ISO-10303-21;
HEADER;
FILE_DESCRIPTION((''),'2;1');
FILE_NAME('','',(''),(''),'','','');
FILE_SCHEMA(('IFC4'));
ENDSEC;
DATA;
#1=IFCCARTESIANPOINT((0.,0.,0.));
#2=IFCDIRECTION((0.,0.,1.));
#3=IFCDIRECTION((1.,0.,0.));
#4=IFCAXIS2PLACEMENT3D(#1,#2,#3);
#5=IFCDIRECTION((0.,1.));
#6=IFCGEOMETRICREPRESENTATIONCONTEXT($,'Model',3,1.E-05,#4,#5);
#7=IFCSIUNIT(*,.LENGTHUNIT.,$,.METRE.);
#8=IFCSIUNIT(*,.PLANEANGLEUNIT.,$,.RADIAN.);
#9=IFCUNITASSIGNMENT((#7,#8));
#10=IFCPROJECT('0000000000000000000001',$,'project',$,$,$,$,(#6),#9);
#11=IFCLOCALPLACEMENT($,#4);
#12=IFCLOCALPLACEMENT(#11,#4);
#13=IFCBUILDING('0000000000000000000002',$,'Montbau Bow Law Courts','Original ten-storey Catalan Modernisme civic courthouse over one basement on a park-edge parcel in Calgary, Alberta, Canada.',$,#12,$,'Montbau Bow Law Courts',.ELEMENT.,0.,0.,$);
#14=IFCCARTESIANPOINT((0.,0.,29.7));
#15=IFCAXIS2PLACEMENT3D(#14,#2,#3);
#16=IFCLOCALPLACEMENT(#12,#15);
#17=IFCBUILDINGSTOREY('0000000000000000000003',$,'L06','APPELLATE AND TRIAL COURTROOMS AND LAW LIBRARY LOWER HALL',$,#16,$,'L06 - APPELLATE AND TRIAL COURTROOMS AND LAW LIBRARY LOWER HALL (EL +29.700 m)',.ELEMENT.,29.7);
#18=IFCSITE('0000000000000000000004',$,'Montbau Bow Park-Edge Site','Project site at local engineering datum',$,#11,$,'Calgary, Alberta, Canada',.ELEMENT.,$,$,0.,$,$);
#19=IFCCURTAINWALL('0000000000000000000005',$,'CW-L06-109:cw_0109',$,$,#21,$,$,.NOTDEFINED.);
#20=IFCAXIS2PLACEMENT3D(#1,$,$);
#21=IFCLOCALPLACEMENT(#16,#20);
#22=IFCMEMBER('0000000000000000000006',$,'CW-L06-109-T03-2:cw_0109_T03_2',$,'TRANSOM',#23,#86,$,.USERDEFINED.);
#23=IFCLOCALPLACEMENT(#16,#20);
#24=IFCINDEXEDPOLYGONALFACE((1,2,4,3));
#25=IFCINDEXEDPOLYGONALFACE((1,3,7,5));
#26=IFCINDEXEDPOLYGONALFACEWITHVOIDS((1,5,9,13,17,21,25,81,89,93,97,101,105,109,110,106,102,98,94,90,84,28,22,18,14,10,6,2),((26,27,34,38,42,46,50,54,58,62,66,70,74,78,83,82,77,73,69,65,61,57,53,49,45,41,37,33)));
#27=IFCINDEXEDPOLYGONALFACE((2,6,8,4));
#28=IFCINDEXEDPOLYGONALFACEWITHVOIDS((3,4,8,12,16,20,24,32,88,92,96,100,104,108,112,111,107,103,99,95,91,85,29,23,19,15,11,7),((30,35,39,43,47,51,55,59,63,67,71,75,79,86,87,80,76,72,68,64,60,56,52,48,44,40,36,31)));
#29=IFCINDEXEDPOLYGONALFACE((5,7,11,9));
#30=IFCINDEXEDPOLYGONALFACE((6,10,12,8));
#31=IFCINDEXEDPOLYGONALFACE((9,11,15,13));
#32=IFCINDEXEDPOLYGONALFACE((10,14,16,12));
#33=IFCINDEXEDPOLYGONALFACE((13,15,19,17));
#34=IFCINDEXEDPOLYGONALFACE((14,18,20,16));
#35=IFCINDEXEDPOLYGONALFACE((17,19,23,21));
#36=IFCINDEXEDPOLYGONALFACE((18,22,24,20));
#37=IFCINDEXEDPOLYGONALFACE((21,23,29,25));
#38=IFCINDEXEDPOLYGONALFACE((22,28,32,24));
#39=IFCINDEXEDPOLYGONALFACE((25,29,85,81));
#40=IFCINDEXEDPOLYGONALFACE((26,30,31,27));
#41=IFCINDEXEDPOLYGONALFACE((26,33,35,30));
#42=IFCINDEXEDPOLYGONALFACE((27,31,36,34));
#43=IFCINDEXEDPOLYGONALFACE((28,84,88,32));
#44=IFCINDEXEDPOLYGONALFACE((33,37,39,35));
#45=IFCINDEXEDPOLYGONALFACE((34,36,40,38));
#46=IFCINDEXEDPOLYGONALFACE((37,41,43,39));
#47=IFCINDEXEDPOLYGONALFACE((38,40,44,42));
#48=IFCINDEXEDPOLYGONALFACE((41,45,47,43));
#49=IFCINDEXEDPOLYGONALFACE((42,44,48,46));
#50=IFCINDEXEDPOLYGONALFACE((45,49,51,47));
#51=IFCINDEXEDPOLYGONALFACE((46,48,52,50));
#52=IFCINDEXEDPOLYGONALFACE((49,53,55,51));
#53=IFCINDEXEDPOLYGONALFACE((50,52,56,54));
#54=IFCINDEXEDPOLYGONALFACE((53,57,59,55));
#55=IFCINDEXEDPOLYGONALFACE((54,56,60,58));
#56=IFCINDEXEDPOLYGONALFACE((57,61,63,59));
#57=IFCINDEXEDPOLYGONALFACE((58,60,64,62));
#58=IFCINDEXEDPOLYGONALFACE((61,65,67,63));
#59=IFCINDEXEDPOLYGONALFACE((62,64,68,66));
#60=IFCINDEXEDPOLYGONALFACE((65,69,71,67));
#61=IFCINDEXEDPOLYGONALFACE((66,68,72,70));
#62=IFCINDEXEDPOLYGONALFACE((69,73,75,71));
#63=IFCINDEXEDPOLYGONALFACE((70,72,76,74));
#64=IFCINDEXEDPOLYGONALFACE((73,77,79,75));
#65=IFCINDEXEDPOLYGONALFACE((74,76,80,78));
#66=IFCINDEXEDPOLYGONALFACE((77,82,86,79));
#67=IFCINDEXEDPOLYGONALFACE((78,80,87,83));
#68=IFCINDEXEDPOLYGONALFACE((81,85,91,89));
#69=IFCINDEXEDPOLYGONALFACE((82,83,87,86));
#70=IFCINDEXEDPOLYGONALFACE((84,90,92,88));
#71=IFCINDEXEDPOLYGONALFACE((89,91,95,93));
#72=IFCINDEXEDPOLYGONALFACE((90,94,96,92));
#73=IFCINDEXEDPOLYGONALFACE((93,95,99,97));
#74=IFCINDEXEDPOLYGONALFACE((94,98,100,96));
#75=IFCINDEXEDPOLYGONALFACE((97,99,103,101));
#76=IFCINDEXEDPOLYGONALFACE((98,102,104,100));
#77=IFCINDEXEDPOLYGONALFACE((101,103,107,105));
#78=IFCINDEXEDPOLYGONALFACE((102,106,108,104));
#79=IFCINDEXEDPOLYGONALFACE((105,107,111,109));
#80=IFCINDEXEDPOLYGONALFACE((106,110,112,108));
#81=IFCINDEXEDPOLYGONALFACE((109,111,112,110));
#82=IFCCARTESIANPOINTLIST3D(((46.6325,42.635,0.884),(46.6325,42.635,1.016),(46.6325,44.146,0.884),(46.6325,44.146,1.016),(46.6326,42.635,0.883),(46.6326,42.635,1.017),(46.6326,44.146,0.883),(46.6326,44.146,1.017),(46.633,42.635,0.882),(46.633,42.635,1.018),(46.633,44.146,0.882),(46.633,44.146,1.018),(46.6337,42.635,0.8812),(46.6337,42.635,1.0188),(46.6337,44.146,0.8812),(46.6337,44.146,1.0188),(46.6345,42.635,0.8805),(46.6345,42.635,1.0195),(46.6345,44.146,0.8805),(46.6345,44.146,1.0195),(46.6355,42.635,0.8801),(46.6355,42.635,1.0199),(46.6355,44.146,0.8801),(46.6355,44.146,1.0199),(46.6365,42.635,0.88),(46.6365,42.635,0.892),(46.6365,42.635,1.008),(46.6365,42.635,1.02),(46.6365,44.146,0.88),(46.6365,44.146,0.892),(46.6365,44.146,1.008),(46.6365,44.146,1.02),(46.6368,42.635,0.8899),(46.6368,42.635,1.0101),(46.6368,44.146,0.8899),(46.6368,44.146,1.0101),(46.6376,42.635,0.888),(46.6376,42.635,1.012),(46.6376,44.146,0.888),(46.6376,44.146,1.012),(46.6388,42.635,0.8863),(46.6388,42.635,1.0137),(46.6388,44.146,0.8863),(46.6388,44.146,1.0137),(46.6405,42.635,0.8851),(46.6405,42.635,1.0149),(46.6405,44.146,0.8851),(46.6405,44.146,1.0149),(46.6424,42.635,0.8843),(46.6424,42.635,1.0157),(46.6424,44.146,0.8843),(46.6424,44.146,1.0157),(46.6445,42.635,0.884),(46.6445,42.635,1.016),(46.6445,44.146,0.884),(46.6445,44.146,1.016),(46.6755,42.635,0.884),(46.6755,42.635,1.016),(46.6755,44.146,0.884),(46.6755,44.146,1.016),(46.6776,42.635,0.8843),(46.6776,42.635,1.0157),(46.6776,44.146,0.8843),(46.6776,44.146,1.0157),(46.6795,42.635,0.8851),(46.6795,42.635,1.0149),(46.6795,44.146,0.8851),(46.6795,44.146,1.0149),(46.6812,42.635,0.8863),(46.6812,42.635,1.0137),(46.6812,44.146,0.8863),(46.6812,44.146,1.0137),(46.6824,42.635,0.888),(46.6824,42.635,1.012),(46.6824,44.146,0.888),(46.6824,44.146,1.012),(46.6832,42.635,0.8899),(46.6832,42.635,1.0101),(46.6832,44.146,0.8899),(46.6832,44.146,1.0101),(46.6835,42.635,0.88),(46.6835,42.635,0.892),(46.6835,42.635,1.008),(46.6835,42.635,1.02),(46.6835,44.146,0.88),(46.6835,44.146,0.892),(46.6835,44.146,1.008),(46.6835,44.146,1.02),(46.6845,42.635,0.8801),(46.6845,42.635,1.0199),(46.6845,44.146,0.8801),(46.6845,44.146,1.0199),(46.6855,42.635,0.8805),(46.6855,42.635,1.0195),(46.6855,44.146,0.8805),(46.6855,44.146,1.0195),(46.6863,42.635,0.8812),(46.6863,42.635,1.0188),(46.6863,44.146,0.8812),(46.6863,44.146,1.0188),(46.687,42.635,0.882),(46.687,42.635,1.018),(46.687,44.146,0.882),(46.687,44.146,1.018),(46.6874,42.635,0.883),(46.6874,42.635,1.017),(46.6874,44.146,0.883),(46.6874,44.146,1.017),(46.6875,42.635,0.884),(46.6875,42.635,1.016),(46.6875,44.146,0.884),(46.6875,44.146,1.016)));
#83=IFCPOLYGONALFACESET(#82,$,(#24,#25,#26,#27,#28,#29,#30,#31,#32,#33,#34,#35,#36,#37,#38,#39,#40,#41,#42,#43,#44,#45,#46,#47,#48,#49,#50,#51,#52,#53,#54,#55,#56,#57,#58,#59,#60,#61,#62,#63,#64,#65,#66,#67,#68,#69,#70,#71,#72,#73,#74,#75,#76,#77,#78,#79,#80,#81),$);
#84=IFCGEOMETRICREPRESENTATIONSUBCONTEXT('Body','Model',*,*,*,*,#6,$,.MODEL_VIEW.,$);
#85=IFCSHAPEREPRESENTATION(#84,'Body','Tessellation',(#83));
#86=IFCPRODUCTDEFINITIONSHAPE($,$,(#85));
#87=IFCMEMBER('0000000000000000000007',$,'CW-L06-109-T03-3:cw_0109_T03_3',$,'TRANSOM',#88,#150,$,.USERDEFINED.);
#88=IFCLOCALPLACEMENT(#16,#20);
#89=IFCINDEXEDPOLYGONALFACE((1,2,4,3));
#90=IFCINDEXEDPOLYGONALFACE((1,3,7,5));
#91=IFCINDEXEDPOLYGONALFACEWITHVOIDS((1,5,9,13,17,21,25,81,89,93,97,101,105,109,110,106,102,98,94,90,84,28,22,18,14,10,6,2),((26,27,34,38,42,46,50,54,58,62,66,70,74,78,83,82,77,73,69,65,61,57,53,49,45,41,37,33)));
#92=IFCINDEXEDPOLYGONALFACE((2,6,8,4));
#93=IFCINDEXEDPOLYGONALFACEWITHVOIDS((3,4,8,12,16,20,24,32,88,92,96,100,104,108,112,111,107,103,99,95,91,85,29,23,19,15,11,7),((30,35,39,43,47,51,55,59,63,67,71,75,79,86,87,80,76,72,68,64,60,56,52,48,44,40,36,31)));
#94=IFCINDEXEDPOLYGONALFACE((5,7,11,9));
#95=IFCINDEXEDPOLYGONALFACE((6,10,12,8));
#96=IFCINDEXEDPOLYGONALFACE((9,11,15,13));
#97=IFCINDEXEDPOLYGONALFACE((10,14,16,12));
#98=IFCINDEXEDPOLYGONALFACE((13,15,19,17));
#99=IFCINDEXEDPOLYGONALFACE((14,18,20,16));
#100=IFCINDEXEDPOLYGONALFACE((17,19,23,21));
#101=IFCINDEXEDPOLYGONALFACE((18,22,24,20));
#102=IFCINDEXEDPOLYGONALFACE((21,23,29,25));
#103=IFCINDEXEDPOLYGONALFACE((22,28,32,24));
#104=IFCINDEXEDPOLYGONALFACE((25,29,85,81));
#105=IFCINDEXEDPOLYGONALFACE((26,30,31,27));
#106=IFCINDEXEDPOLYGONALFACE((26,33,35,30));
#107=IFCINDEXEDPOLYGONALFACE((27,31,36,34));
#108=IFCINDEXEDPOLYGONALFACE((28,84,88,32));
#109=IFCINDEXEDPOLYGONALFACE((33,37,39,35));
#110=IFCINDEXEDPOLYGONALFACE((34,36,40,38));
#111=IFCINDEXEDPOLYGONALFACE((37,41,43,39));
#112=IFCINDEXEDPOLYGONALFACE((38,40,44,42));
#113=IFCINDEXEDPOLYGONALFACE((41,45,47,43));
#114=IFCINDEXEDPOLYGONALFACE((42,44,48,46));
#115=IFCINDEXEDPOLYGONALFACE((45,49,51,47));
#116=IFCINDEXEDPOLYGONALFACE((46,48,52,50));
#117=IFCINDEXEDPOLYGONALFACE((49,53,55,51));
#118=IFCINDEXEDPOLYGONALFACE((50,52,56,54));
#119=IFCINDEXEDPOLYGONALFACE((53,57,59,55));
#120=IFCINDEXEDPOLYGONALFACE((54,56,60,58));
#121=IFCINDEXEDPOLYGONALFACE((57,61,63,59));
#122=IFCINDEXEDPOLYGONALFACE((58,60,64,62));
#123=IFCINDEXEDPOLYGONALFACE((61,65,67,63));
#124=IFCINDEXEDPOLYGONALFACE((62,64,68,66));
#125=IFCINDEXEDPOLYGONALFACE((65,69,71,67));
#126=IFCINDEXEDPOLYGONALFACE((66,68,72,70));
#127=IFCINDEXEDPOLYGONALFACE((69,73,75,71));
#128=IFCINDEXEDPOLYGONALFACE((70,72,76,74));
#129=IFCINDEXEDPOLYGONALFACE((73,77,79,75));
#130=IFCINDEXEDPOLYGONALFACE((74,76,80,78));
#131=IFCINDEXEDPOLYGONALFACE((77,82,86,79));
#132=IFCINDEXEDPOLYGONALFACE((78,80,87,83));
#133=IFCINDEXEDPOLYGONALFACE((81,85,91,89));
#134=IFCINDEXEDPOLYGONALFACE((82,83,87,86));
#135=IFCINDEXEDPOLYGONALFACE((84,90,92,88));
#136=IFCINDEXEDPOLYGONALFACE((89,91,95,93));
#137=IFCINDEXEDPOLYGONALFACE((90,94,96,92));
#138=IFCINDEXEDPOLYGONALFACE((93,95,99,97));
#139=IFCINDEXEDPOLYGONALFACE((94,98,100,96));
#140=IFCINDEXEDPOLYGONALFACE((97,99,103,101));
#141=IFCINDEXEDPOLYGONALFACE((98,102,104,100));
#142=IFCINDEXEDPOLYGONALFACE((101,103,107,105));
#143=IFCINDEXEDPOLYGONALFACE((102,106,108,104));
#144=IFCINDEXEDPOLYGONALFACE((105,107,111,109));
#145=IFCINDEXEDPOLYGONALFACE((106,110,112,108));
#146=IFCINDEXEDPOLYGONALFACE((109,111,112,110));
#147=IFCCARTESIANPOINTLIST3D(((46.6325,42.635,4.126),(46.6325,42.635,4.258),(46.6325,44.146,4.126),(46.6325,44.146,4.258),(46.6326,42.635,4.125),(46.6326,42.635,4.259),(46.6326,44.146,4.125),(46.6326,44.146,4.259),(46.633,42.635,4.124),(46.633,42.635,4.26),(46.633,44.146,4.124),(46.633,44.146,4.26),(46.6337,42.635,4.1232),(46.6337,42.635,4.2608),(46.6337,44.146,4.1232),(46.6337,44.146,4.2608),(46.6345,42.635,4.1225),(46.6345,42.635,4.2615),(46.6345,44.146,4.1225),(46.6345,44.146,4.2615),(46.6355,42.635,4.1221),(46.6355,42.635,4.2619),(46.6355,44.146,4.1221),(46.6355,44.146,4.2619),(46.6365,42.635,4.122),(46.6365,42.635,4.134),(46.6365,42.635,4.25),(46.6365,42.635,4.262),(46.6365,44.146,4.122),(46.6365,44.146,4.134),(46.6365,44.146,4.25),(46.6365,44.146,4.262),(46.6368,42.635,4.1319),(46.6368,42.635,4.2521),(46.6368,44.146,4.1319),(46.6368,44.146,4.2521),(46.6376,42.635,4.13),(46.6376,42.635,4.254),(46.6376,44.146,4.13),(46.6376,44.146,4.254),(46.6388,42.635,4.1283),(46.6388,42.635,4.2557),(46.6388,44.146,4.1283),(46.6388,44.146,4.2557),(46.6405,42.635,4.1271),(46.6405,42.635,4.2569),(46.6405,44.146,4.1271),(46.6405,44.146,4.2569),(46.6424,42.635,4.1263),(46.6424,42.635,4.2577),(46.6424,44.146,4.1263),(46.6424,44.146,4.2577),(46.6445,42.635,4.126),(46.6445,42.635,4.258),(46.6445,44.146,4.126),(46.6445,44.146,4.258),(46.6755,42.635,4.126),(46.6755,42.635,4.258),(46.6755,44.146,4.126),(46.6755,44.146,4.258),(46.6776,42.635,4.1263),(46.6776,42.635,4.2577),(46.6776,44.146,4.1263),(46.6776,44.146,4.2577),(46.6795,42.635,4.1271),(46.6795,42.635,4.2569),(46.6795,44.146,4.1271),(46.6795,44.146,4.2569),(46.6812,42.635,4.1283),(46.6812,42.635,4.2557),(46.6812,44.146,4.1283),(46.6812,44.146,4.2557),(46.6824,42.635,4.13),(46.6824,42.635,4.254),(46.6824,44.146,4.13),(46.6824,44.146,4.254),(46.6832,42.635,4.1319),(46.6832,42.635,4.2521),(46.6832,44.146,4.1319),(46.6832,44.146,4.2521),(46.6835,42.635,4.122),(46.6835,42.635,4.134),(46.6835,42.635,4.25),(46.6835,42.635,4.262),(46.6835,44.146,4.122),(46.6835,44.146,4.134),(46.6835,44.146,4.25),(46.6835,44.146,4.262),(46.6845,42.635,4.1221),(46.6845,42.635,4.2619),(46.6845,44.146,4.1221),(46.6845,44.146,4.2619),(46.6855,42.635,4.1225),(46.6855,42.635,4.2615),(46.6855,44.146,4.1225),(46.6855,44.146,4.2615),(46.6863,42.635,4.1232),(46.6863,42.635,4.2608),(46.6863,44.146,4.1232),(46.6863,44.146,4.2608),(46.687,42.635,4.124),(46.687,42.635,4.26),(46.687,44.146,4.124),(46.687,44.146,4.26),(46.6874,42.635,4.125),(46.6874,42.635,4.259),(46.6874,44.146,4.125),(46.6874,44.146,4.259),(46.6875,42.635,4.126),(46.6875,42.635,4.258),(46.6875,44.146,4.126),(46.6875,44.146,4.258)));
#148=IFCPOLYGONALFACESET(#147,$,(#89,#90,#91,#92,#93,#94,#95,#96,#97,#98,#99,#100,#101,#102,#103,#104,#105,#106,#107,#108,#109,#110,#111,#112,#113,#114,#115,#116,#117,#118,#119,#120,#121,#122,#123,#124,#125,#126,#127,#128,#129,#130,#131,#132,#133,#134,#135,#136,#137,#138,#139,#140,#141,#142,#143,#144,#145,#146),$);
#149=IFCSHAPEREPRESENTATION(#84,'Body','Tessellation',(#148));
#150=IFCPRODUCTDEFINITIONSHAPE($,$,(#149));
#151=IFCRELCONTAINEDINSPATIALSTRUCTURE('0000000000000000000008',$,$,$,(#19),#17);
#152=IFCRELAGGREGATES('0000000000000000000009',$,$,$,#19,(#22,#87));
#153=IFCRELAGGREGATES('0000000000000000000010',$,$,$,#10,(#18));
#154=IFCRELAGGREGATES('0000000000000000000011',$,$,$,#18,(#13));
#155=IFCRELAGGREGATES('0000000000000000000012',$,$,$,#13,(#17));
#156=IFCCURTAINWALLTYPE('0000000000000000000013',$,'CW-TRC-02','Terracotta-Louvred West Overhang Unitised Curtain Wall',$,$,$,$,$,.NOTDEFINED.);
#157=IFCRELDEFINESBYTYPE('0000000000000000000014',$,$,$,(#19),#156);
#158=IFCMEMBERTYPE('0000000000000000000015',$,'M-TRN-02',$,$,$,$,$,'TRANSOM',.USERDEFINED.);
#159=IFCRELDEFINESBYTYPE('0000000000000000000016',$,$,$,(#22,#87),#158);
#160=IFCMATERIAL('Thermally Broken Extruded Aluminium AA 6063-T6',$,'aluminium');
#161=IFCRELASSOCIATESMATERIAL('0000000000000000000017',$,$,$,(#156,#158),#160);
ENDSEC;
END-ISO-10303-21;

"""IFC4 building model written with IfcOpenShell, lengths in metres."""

from ifc_helpers import new_model, si_unit, direction, frame, origin_with_axes, origin_2d_with_axis, place, context, subcontext, project, spatial, hollow_rectangle, extrude, material, material_profile, profile_set, type_object, element, aggregate, save


model = new_model("IFC4")

# Units and contexts
model_context = context("Model", 3, precision=1e-05, world=origin_with_axes(), true_north=direction((0.0, 1.0)))
body_context = subcontext(model_context, "Body", "Model", "MODEL_VIEW")
ifc_project = project(units=[si_unit("LENGTHUNIT", "METRE"), si_unit("PLANEANGLEUNIT", "RADIAN")], contexts=[model_context])

# Site, building, storey
site_placement = place(None, origin_with_axes())
site = spatial("IfcSite", under=ifc_project, at=site_placement, Name="Montbau Bow Park-Edge Site", Description="Project site at local engineering datum", LongName="Calgary, Alberta, Canada", CompositionType="ELEMENT", RefElevation=0.0)
building_placement = place(site_placement, origin_with_axes())
building = spatial("IfcBuilding", under=site, at=building_placement, Name="Montbau Bow Law Courts", Description="Original ten-storey Catalan Modernisme civic courthouse over one basement on a park-edge parcel in Calgary, Alberta, Canada.", LongName="Montbau Bow Law Courts", CompositionType="ELEMENT", ElevationOfRefHeight=0.0, ElevationOfTerrain=0.0)
storey_placement = place(building_placement, frame((0.0, 0.0, 29.7), z_axis=(0.0, 0.0, 1.0), x_axis=(1.0, 0.0, 0.0)))
storey = spatial("IfcBuildingStorey", under=building, at=storey_placement, Name="L06", Description="APPELLATE AND TRIAL COURTROOMS AND LAW LIBRARY LOWER HALL", LongName="L06 - APPELLATE AND TRIAL COURTROOMS AND LAW LIBRARY LOWER HALL (EL +29.700 m)", CompositionType="ELEMENT", Elevation=29.7)

# Curtain wall
ifc_material_1 = material(Name="Thermally Broken Extruded Aluminium AA 6063-T6", Category="aluminium")
curtain_wall_type = type_object("IfcCurtainWallType", Name="CW-TRC-02", Description="Terracotta-Louvred West Overhang Unitised Curtain Wall", PredefinedType="NOTDEFINED", material=ifc_material_1)
curtain_wall_1_placement = place(None, frame((46.66, 39.44, 29.7), z_axis=(0.0, 0.0, 1.0), x_axis=(1.0, 0.0, 0.0)))
curtain_wall_1 = element("IfcCurtainWall", 1, at=curtain_wall_1_placement, inside=storey, type_object=curtain_wall_type, Name="CW-L06-109:cw_0109", PredefinedType="NOTDEFINED")

# Members
ifc_material_profile_1 = material_profile(ifc_material_1, hollow_rectangle(XDim=0.055, YDim=0.14, WallThickness=0.004, InnerFilletRadius=0.008, OuterFilletRadius=0.004, at=origin_2d_with_axis()), Name="CWT-140X55", Category="Main", Priority=0)
ifc_profile_set_1 = profile_set([ifc_material_profile_1], Name="Thermally Broken Extruded Aluminium AA 6063-T6")
member_type_1 = type_object("IfcMemberType", Name="M-TRN-02", ElementType="TRANSOM", PredefinedType="USERDEFINED", material=ifc_profile_set_1)
member_1_placement = place(None, frame((46.66, 42.635, 30.65), z_axis=(0.0, 1.0, 0.0), x_axis=(-1.0, 0.0, 0.0)))
member_1 = element("IfcMember", 2, at=member_1_placement, type_object=member_type_1, Name="CW-L06-109-T03-2:cw_0109_T03_2", ObjectType="TRANSOM", PredefinedType="USERDEFINED", context=body_context, shape_type="SweptSolid", body=[
    extrude(hollow_rectangle(XDim=0.055, YDim=0.14, WallThickness=0.004, InnerFilletRadius=0.008, OuterFilletRadius=0.004, at=origin_2d_with_axis()), origin_with_axes(), (0.0, 0.0, 1.0), 1.511),
])
member_2_placement = place(None, frame((46.66, 42.635, 33.892), z_axis=(0.0, 1.0, 0.0), x_axis=(-1.0, 0.0, 0.0)))
member_2 = element("IfcMember", 3, at=member_2_placement, type_object=member_type_1, Name="CW-L06-109-T03-3:cw_0109_T03_3", ObjectType="TRANSOM", PredefinedType="USERDEFINED", context=body_context, shape_type="SweptSolid", body=[
    extrude(hollow_rectangle(XDim=0.055, YDim=0.14, WallThickness=0.004, InnerFilletRadius=0.008, OuterFilletRadius=0.004, at=origin_2d_with_axis()), origin_with_axes(), (0.0, 0.0, 1.0), 1.511),
])

aggregate(curtain_wall_1, [member_1, member_2])

save(model, "model.ifc")
